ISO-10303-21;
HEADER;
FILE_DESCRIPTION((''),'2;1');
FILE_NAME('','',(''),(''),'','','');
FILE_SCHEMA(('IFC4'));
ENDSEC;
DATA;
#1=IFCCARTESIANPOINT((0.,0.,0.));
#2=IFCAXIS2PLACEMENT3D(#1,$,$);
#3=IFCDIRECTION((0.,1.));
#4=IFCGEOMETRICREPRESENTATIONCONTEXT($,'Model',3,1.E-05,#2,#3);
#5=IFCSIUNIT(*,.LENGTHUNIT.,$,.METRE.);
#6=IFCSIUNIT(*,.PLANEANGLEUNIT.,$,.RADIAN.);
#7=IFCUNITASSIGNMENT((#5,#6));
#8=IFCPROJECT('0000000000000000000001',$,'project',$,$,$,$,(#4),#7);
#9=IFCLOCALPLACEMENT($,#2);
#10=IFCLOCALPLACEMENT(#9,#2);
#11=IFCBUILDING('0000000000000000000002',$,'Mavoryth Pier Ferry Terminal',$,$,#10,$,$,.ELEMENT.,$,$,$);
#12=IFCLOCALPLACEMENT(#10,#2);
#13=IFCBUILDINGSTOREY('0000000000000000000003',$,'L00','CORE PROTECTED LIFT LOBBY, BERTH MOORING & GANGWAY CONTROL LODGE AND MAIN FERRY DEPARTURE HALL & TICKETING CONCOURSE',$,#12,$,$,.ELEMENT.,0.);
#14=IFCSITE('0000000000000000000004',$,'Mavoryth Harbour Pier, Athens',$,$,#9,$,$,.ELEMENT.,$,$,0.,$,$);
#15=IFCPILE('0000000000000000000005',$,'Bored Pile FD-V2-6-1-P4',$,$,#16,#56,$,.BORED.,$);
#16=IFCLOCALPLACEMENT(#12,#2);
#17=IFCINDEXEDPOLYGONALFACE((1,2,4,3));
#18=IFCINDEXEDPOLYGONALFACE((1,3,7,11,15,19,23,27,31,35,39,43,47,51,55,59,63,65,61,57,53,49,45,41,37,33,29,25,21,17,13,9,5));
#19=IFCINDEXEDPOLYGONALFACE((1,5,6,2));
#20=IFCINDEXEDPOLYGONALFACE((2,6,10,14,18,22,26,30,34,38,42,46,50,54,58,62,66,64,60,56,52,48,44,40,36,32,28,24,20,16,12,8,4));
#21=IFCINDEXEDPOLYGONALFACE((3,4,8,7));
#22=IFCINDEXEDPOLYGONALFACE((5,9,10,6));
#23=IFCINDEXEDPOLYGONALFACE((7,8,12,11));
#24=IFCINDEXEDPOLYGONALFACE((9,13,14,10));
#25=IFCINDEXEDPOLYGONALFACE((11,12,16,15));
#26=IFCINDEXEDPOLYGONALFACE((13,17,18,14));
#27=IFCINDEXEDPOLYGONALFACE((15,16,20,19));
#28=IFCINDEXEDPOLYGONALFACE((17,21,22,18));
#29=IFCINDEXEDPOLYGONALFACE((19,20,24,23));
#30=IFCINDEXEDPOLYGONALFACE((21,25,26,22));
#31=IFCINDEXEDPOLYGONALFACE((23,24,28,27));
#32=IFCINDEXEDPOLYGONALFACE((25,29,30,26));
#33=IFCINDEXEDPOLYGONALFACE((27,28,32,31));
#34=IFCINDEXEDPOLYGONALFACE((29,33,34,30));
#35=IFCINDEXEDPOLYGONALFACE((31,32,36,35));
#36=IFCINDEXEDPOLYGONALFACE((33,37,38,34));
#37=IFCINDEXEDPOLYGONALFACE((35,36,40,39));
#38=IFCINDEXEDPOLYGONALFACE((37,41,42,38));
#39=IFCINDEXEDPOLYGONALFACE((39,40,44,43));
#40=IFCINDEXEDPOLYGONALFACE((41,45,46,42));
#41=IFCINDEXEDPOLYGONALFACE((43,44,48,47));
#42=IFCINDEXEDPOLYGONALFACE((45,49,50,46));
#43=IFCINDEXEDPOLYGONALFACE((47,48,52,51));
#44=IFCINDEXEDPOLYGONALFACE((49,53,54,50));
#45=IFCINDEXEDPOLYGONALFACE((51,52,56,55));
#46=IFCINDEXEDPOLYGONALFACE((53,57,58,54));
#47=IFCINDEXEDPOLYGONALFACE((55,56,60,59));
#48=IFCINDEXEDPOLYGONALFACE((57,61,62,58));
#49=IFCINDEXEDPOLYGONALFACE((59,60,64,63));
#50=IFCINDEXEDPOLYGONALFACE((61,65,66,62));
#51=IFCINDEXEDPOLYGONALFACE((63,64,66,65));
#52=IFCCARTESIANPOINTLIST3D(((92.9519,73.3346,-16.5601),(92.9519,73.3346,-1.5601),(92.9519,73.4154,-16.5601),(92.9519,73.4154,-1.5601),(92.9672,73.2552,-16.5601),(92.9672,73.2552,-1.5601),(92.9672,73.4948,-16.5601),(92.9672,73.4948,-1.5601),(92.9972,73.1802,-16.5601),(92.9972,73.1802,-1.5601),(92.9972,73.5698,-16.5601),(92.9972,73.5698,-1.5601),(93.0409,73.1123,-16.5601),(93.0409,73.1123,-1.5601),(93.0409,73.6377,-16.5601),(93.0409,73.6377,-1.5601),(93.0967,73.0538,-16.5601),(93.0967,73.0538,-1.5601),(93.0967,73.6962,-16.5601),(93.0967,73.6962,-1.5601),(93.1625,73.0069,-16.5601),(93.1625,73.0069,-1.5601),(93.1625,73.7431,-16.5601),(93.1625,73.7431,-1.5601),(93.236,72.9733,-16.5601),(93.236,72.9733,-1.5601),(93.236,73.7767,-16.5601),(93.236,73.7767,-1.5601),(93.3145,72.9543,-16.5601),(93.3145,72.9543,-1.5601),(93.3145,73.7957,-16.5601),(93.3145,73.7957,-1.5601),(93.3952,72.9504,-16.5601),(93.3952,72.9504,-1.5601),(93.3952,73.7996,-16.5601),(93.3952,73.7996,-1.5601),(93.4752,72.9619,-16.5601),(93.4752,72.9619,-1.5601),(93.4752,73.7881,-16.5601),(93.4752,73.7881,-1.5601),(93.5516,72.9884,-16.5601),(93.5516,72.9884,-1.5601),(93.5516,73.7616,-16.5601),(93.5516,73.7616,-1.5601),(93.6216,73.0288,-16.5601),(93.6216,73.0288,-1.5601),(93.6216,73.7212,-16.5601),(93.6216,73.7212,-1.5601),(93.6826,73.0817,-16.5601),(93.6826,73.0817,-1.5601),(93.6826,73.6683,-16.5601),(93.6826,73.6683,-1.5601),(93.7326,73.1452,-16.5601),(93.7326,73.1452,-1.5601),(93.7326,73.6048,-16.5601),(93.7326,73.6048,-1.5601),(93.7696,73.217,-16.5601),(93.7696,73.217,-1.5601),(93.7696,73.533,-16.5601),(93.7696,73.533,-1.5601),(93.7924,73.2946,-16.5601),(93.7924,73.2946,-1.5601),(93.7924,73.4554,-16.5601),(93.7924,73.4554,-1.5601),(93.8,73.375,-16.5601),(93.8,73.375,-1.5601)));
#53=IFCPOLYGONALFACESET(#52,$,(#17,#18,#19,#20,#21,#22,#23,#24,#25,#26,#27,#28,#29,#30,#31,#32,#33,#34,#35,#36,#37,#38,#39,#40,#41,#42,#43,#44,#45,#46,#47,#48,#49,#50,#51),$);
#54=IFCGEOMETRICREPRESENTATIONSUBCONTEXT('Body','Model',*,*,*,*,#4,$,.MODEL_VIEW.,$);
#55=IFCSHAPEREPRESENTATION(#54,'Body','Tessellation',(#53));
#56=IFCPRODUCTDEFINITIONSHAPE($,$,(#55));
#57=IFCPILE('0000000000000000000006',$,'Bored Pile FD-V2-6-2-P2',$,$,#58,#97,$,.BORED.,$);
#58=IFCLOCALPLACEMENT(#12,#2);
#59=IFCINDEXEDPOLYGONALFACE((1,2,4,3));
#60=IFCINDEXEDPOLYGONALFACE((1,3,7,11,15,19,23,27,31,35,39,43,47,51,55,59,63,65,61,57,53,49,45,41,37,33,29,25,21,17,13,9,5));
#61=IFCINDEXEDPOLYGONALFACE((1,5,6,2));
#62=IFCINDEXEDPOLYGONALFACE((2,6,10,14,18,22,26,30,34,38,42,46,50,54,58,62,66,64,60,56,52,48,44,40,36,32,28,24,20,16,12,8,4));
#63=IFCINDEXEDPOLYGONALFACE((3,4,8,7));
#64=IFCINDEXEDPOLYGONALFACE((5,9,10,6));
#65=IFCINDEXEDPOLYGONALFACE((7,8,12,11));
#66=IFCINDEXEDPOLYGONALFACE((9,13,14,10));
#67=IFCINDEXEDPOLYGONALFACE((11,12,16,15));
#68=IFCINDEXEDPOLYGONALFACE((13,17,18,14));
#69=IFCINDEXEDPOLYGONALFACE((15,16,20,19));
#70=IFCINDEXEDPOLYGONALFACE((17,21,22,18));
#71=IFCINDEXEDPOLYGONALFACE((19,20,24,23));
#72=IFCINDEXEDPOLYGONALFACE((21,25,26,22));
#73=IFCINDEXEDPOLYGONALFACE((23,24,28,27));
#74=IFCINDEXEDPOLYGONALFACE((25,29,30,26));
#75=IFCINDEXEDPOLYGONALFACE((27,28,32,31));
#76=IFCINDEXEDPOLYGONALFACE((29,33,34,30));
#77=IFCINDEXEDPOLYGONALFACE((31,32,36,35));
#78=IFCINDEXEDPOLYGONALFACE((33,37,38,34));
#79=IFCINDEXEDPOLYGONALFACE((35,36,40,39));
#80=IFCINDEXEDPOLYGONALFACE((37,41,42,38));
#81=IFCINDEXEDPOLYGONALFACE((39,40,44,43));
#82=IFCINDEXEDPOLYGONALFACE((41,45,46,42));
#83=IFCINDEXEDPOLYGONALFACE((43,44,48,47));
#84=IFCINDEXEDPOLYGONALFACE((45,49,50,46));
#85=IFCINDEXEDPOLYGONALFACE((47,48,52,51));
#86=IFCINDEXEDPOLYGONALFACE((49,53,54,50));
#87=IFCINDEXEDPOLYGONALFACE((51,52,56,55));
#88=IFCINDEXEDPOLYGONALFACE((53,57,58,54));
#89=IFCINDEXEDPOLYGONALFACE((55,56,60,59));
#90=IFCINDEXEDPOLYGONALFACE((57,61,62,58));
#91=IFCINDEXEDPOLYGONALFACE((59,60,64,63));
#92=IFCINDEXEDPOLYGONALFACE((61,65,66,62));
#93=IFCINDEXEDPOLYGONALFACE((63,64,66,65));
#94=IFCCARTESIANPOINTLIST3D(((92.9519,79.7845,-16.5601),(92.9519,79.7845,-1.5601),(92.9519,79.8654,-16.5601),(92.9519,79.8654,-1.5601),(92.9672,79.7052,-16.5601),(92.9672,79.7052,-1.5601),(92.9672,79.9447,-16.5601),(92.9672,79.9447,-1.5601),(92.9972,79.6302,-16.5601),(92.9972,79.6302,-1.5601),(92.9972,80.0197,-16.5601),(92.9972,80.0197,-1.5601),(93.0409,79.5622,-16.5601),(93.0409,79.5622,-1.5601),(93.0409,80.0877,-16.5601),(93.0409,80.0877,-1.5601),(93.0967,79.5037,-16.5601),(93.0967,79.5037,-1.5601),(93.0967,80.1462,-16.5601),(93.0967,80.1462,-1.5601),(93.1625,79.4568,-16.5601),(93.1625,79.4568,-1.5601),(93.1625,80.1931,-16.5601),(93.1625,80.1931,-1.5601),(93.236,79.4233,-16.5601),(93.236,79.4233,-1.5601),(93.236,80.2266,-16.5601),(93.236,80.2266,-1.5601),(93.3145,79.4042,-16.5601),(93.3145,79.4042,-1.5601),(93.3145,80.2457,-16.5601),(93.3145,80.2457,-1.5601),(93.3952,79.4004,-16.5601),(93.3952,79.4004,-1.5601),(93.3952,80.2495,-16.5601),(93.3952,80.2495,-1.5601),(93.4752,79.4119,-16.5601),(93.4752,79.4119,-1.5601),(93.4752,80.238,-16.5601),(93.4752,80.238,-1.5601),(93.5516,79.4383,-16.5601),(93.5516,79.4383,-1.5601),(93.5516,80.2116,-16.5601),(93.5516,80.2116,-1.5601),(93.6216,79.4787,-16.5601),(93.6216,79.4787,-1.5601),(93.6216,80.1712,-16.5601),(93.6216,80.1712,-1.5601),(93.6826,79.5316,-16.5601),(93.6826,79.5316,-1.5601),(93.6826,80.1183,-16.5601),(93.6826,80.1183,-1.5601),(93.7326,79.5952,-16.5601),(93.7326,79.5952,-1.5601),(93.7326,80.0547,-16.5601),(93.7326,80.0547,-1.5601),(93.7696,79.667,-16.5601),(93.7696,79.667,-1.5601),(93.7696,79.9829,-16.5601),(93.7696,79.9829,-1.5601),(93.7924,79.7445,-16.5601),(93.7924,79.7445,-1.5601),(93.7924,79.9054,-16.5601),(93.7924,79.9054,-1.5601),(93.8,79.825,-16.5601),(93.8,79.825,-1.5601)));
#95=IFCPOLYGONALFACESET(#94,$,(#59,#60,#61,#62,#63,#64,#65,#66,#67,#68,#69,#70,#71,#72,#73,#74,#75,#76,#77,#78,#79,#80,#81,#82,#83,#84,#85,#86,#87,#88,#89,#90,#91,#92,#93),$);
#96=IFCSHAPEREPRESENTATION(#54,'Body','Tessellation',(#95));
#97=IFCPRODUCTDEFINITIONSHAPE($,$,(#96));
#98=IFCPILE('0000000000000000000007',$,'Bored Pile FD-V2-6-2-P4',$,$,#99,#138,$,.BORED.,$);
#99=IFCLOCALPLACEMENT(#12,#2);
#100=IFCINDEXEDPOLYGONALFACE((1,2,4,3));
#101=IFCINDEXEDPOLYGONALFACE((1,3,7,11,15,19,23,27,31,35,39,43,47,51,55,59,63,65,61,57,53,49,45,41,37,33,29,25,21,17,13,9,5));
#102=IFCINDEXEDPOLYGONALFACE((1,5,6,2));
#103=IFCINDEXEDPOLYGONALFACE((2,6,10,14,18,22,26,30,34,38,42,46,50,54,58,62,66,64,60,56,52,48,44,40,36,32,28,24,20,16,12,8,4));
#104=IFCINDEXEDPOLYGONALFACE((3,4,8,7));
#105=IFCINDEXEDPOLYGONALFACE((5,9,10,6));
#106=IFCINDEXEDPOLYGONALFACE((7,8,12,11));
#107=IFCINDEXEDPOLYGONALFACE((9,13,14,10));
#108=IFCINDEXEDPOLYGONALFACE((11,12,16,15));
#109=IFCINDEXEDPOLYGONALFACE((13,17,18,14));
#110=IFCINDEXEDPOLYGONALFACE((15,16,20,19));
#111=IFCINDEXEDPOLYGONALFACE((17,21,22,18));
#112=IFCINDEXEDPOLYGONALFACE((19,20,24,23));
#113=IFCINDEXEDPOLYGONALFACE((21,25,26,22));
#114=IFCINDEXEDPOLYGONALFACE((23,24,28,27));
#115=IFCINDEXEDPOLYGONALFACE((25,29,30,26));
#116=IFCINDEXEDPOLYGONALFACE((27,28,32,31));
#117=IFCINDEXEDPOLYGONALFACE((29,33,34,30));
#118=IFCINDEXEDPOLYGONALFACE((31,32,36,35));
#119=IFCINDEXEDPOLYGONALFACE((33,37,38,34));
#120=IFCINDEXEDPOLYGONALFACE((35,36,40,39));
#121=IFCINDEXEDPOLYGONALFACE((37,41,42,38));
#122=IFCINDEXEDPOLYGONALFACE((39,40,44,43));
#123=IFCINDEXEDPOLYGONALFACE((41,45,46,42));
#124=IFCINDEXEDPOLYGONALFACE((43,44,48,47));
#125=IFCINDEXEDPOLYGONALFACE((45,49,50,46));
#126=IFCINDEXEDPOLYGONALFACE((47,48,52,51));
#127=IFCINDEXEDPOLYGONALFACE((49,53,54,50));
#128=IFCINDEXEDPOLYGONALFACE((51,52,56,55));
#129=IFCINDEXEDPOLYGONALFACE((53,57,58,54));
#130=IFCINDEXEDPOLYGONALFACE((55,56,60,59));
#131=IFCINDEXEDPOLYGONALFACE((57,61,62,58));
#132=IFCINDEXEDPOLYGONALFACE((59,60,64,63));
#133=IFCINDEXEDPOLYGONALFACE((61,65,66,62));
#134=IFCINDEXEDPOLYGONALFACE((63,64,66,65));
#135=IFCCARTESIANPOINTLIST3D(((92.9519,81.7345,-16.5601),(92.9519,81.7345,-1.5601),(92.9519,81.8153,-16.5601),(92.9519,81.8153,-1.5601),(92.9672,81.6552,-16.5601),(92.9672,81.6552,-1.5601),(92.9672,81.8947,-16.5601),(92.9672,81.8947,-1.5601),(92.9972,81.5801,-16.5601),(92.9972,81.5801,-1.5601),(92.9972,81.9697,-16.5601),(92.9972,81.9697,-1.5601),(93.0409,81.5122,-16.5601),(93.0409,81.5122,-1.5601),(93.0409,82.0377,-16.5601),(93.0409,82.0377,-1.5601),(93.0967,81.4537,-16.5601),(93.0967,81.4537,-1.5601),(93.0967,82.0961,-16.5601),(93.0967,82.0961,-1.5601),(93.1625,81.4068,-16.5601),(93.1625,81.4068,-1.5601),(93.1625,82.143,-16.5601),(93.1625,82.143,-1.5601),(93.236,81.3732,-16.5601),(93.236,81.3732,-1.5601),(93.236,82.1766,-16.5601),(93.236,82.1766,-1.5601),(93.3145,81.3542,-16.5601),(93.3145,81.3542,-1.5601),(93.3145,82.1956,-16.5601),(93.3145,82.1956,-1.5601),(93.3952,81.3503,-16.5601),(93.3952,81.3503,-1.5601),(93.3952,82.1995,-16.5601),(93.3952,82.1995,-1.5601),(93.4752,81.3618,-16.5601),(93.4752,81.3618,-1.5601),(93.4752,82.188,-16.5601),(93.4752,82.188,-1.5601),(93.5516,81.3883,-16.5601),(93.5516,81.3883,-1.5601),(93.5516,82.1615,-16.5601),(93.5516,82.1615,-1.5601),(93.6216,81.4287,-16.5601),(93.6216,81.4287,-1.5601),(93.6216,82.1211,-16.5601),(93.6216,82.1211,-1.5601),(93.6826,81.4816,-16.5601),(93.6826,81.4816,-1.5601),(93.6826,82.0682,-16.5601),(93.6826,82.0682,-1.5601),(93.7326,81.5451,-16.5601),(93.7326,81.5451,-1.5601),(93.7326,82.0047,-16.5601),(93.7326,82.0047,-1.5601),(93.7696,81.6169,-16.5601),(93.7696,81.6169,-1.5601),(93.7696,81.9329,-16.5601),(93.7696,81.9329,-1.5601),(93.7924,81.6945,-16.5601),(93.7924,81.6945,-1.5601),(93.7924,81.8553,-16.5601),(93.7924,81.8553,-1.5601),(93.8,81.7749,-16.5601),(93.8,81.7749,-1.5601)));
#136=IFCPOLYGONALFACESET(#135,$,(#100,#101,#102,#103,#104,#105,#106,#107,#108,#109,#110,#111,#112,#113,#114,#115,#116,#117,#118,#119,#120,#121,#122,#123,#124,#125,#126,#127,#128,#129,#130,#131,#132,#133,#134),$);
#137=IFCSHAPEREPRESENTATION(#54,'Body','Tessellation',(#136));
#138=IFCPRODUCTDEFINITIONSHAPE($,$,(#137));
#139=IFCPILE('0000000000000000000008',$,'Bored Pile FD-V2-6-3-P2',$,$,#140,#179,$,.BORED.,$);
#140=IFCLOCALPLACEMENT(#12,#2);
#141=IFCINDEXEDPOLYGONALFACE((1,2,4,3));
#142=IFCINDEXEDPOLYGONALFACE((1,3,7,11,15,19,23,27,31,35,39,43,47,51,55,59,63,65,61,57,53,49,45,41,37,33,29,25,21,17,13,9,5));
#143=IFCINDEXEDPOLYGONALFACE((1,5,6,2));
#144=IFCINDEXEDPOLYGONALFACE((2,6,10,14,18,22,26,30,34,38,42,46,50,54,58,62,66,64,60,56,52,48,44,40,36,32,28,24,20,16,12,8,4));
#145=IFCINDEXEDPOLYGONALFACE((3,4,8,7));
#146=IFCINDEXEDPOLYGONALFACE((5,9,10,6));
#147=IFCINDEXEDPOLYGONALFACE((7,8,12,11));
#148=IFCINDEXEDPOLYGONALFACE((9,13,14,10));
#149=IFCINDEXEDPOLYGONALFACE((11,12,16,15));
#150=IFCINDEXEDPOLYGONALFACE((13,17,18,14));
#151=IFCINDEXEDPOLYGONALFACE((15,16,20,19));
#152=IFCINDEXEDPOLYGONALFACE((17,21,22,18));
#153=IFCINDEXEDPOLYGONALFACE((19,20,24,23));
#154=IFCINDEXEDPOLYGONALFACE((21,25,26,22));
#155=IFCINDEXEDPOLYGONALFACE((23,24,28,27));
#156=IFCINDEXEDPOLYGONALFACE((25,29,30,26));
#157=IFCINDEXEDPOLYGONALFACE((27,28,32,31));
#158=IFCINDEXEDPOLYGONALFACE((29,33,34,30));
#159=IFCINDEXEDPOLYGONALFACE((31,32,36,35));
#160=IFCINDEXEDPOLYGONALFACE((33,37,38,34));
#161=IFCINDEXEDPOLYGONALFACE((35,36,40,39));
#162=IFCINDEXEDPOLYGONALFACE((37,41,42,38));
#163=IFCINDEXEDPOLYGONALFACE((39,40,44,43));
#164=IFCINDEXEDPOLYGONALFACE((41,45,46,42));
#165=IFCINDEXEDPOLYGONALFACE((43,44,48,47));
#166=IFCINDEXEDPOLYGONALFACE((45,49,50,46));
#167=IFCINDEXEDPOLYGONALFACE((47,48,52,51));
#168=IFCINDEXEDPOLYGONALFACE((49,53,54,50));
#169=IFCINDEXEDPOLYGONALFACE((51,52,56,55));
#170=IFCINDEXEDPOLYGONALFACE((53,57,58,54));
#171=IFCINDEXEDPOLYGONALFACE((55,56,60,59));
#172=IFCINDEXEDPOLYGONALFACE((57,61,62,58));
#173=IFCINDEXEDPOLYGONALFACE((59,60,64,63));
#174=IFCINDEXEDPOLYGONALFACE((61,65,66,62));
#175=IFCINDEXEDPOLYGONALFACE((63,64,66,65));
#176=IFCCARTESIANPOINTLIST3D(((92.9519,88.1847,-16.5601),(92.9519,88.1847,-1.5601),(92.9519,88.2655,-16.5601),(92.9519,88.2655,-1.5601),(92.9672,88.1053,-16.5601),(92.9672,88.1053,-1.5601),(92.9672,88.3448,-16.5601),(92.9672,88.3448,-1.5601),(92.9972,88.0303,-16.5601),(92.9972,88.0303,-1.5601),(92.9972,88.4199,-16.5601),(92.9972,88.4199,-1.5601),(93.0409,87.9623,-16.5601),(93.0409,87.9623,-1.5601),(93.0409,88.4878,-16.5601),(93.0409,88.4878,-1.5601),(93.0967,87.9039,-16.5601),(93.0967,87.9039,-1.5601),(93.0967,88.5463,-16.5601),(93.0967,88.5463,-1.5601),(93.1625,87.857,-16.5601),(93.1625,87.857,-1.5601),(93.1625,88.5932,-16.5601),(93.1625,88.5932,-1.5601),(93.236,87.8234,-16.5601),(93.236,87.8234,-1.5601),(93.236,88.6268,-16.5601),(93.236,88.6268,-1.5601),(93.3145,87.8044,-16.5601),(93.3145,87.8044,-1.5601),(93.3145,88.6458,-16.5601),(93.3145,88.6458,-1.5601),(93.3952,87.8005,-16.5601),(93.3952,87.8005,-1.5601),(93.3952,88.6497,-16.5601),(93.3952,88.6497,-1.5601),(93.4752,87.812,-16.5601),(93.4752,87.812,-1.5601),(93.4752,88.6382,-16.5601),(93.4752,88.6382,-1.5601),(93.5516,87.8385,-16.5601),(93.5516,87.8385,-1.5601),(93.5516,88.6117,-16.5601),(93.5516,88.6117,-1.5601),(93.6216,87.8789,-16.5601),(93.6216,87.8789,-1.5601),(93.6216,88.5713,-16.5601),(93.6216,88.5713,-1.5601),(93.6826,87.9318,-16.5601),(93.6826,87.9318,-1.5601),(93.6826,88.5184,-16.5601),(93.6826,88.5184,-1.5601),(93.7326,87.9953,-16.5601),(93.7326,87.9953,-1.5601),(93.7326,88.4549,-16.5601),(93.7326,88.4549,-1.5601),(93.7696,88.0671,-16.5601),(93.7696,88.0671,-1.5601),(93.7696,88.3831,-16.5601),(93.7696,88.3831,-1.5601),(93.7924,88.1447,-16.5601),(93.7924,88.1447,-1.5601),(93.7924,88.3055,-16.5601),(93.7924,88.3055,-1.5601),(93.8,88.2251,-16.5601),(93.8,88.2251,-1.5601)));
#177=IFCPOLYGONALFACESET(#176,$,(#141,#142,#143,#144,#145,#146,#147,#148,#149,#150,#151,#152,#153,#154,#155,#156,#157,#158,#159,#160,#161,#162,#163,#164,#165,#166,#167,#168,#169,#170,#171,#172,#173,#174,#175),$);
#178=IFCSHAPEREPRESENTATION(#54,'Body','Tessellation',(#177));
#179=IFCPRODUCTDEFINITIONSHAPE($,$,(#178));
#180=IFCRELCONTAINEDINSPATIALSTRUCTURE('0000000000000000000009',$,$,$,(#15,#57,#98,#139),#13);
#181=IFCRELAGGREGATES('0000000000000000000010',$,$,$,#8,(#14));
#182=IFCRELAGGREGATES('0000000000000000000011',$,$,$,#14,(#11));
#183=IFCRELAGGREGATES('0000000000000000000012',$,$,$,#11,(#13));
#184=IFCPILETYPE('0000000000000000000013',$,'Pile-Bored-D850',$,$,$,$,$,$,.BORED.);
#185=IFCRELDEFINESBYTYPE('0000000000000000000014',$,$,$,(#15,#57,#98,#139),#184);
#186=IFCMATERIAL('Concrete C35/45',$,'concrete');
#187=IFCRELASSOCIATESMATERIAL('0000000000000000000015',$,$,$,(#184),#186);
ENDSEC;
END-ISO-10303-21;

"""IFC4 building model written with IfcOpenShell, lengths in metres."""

from ifc_helpers import new_model, si_unit, direction, frame, origin, origin_2d, place, context, subcontext, project, spatial, circle, extrude, material, material_profile, profile_set, type_object, element, save


model = new_model("IFC4")

# Units and contexts
model_context = context("Model", 3, precision=1e-05, world=origin(), true_north=direction((0.0, 1.0)))
body_context = subcontext(model_context, "Body", "Model", "MODEL_VIEW")
ifc_project = project(units=[si_unit("LENGTHUNIT", "METRE"), si_unit("PLANEANGLEUNIT", "RADIAN")], contexts=[model_context])

# Site, building, storey
site_placement = place(None, origin())
site = spatial("IfcSite", under=ifc_project, at=site_placement, Name="Mavoryth Harbour Pier, Athens", CompositionType="ELEMENT", RefElevation=0.0)
building_placement = place(site_placement, origin())
building = spatial("IfcBuilding", under=site, at=building_placement, Name="Mavoryth Pier Ferry Terminal", CompositionType="ELEMENT")
storey_placement = place(building_placement, origin())
storey = spatial("IfcBuildingStorey", under=building, at=storey_placement, Name="L00", Description="CORE PROTECTED LIFT LOBBY, BERTH MOORING & GANGWAY CONTROL LODGE AND MAIN FERRY DEPARTURE HALL & TICKETING CONCOURSE", CompositionType="ELEMENT", Elevation=0.0)

# Shared definitions
ifc_material_1 = material(Name="Concrete C35/45", Category="concrete")

# Piles
ifc_material_profile_1 = material_profile(ifc_material_1, circle(Radius=0.425, at=origin_2d()), Name="PILE D850", Category="concrete")
ifc_profile_set_1 = profile_set([ifc_material_profile_1], Name="Concrete C35/45 - PILE D850")
pile_type_1 = type_object("IfcPileType", Name="Pile-Bored-D850", PredefinedType="BORED", material=ifc_profile_set_1)
for number, where, z_axis, x_axis, name in (
    (1, (93.375, 73.375, -1.5601), (0.0, 0.0, -1.0), (1.0, 0.0, 0.0), "Bored Pile FD-V2-6-1-P4"),
    (2, (93.375, 79.825, -1.5601), (0.0, 0.0, -1.0), (1.0, 0.0, 0.0), "Bored Pile FD-V2-6-2-P2"),
    (3, (93.375, 81.7749, -1.5601), (0.0, 0.0, -1.0), (1.0, 0.0, 0.0), "Bored Pile FD-V2-6-2-P4"),
    (4, (93.375, 88.2251, -1.5601), (0.0, 0.0, -1.0), (1.0, 0.0, 0.0), "Bored Pile FD-V2-6-3-P2"),
):
    element("IfcPile", number, at=place(storey_placement, frame(where, z_axis=z_axis, x_axis=x_axis)), inside=storey, type_object=pile_type_1, Name=name, PredefinedType="BORED", context=body_context, shape_type="SweptSolid", body=[
        extrude(circle(Radius=0.425, at=origin_2d()), origin(), (0.0, 0.0, 1.0), 15.0),
    ])

save(model, "model.ifc")
